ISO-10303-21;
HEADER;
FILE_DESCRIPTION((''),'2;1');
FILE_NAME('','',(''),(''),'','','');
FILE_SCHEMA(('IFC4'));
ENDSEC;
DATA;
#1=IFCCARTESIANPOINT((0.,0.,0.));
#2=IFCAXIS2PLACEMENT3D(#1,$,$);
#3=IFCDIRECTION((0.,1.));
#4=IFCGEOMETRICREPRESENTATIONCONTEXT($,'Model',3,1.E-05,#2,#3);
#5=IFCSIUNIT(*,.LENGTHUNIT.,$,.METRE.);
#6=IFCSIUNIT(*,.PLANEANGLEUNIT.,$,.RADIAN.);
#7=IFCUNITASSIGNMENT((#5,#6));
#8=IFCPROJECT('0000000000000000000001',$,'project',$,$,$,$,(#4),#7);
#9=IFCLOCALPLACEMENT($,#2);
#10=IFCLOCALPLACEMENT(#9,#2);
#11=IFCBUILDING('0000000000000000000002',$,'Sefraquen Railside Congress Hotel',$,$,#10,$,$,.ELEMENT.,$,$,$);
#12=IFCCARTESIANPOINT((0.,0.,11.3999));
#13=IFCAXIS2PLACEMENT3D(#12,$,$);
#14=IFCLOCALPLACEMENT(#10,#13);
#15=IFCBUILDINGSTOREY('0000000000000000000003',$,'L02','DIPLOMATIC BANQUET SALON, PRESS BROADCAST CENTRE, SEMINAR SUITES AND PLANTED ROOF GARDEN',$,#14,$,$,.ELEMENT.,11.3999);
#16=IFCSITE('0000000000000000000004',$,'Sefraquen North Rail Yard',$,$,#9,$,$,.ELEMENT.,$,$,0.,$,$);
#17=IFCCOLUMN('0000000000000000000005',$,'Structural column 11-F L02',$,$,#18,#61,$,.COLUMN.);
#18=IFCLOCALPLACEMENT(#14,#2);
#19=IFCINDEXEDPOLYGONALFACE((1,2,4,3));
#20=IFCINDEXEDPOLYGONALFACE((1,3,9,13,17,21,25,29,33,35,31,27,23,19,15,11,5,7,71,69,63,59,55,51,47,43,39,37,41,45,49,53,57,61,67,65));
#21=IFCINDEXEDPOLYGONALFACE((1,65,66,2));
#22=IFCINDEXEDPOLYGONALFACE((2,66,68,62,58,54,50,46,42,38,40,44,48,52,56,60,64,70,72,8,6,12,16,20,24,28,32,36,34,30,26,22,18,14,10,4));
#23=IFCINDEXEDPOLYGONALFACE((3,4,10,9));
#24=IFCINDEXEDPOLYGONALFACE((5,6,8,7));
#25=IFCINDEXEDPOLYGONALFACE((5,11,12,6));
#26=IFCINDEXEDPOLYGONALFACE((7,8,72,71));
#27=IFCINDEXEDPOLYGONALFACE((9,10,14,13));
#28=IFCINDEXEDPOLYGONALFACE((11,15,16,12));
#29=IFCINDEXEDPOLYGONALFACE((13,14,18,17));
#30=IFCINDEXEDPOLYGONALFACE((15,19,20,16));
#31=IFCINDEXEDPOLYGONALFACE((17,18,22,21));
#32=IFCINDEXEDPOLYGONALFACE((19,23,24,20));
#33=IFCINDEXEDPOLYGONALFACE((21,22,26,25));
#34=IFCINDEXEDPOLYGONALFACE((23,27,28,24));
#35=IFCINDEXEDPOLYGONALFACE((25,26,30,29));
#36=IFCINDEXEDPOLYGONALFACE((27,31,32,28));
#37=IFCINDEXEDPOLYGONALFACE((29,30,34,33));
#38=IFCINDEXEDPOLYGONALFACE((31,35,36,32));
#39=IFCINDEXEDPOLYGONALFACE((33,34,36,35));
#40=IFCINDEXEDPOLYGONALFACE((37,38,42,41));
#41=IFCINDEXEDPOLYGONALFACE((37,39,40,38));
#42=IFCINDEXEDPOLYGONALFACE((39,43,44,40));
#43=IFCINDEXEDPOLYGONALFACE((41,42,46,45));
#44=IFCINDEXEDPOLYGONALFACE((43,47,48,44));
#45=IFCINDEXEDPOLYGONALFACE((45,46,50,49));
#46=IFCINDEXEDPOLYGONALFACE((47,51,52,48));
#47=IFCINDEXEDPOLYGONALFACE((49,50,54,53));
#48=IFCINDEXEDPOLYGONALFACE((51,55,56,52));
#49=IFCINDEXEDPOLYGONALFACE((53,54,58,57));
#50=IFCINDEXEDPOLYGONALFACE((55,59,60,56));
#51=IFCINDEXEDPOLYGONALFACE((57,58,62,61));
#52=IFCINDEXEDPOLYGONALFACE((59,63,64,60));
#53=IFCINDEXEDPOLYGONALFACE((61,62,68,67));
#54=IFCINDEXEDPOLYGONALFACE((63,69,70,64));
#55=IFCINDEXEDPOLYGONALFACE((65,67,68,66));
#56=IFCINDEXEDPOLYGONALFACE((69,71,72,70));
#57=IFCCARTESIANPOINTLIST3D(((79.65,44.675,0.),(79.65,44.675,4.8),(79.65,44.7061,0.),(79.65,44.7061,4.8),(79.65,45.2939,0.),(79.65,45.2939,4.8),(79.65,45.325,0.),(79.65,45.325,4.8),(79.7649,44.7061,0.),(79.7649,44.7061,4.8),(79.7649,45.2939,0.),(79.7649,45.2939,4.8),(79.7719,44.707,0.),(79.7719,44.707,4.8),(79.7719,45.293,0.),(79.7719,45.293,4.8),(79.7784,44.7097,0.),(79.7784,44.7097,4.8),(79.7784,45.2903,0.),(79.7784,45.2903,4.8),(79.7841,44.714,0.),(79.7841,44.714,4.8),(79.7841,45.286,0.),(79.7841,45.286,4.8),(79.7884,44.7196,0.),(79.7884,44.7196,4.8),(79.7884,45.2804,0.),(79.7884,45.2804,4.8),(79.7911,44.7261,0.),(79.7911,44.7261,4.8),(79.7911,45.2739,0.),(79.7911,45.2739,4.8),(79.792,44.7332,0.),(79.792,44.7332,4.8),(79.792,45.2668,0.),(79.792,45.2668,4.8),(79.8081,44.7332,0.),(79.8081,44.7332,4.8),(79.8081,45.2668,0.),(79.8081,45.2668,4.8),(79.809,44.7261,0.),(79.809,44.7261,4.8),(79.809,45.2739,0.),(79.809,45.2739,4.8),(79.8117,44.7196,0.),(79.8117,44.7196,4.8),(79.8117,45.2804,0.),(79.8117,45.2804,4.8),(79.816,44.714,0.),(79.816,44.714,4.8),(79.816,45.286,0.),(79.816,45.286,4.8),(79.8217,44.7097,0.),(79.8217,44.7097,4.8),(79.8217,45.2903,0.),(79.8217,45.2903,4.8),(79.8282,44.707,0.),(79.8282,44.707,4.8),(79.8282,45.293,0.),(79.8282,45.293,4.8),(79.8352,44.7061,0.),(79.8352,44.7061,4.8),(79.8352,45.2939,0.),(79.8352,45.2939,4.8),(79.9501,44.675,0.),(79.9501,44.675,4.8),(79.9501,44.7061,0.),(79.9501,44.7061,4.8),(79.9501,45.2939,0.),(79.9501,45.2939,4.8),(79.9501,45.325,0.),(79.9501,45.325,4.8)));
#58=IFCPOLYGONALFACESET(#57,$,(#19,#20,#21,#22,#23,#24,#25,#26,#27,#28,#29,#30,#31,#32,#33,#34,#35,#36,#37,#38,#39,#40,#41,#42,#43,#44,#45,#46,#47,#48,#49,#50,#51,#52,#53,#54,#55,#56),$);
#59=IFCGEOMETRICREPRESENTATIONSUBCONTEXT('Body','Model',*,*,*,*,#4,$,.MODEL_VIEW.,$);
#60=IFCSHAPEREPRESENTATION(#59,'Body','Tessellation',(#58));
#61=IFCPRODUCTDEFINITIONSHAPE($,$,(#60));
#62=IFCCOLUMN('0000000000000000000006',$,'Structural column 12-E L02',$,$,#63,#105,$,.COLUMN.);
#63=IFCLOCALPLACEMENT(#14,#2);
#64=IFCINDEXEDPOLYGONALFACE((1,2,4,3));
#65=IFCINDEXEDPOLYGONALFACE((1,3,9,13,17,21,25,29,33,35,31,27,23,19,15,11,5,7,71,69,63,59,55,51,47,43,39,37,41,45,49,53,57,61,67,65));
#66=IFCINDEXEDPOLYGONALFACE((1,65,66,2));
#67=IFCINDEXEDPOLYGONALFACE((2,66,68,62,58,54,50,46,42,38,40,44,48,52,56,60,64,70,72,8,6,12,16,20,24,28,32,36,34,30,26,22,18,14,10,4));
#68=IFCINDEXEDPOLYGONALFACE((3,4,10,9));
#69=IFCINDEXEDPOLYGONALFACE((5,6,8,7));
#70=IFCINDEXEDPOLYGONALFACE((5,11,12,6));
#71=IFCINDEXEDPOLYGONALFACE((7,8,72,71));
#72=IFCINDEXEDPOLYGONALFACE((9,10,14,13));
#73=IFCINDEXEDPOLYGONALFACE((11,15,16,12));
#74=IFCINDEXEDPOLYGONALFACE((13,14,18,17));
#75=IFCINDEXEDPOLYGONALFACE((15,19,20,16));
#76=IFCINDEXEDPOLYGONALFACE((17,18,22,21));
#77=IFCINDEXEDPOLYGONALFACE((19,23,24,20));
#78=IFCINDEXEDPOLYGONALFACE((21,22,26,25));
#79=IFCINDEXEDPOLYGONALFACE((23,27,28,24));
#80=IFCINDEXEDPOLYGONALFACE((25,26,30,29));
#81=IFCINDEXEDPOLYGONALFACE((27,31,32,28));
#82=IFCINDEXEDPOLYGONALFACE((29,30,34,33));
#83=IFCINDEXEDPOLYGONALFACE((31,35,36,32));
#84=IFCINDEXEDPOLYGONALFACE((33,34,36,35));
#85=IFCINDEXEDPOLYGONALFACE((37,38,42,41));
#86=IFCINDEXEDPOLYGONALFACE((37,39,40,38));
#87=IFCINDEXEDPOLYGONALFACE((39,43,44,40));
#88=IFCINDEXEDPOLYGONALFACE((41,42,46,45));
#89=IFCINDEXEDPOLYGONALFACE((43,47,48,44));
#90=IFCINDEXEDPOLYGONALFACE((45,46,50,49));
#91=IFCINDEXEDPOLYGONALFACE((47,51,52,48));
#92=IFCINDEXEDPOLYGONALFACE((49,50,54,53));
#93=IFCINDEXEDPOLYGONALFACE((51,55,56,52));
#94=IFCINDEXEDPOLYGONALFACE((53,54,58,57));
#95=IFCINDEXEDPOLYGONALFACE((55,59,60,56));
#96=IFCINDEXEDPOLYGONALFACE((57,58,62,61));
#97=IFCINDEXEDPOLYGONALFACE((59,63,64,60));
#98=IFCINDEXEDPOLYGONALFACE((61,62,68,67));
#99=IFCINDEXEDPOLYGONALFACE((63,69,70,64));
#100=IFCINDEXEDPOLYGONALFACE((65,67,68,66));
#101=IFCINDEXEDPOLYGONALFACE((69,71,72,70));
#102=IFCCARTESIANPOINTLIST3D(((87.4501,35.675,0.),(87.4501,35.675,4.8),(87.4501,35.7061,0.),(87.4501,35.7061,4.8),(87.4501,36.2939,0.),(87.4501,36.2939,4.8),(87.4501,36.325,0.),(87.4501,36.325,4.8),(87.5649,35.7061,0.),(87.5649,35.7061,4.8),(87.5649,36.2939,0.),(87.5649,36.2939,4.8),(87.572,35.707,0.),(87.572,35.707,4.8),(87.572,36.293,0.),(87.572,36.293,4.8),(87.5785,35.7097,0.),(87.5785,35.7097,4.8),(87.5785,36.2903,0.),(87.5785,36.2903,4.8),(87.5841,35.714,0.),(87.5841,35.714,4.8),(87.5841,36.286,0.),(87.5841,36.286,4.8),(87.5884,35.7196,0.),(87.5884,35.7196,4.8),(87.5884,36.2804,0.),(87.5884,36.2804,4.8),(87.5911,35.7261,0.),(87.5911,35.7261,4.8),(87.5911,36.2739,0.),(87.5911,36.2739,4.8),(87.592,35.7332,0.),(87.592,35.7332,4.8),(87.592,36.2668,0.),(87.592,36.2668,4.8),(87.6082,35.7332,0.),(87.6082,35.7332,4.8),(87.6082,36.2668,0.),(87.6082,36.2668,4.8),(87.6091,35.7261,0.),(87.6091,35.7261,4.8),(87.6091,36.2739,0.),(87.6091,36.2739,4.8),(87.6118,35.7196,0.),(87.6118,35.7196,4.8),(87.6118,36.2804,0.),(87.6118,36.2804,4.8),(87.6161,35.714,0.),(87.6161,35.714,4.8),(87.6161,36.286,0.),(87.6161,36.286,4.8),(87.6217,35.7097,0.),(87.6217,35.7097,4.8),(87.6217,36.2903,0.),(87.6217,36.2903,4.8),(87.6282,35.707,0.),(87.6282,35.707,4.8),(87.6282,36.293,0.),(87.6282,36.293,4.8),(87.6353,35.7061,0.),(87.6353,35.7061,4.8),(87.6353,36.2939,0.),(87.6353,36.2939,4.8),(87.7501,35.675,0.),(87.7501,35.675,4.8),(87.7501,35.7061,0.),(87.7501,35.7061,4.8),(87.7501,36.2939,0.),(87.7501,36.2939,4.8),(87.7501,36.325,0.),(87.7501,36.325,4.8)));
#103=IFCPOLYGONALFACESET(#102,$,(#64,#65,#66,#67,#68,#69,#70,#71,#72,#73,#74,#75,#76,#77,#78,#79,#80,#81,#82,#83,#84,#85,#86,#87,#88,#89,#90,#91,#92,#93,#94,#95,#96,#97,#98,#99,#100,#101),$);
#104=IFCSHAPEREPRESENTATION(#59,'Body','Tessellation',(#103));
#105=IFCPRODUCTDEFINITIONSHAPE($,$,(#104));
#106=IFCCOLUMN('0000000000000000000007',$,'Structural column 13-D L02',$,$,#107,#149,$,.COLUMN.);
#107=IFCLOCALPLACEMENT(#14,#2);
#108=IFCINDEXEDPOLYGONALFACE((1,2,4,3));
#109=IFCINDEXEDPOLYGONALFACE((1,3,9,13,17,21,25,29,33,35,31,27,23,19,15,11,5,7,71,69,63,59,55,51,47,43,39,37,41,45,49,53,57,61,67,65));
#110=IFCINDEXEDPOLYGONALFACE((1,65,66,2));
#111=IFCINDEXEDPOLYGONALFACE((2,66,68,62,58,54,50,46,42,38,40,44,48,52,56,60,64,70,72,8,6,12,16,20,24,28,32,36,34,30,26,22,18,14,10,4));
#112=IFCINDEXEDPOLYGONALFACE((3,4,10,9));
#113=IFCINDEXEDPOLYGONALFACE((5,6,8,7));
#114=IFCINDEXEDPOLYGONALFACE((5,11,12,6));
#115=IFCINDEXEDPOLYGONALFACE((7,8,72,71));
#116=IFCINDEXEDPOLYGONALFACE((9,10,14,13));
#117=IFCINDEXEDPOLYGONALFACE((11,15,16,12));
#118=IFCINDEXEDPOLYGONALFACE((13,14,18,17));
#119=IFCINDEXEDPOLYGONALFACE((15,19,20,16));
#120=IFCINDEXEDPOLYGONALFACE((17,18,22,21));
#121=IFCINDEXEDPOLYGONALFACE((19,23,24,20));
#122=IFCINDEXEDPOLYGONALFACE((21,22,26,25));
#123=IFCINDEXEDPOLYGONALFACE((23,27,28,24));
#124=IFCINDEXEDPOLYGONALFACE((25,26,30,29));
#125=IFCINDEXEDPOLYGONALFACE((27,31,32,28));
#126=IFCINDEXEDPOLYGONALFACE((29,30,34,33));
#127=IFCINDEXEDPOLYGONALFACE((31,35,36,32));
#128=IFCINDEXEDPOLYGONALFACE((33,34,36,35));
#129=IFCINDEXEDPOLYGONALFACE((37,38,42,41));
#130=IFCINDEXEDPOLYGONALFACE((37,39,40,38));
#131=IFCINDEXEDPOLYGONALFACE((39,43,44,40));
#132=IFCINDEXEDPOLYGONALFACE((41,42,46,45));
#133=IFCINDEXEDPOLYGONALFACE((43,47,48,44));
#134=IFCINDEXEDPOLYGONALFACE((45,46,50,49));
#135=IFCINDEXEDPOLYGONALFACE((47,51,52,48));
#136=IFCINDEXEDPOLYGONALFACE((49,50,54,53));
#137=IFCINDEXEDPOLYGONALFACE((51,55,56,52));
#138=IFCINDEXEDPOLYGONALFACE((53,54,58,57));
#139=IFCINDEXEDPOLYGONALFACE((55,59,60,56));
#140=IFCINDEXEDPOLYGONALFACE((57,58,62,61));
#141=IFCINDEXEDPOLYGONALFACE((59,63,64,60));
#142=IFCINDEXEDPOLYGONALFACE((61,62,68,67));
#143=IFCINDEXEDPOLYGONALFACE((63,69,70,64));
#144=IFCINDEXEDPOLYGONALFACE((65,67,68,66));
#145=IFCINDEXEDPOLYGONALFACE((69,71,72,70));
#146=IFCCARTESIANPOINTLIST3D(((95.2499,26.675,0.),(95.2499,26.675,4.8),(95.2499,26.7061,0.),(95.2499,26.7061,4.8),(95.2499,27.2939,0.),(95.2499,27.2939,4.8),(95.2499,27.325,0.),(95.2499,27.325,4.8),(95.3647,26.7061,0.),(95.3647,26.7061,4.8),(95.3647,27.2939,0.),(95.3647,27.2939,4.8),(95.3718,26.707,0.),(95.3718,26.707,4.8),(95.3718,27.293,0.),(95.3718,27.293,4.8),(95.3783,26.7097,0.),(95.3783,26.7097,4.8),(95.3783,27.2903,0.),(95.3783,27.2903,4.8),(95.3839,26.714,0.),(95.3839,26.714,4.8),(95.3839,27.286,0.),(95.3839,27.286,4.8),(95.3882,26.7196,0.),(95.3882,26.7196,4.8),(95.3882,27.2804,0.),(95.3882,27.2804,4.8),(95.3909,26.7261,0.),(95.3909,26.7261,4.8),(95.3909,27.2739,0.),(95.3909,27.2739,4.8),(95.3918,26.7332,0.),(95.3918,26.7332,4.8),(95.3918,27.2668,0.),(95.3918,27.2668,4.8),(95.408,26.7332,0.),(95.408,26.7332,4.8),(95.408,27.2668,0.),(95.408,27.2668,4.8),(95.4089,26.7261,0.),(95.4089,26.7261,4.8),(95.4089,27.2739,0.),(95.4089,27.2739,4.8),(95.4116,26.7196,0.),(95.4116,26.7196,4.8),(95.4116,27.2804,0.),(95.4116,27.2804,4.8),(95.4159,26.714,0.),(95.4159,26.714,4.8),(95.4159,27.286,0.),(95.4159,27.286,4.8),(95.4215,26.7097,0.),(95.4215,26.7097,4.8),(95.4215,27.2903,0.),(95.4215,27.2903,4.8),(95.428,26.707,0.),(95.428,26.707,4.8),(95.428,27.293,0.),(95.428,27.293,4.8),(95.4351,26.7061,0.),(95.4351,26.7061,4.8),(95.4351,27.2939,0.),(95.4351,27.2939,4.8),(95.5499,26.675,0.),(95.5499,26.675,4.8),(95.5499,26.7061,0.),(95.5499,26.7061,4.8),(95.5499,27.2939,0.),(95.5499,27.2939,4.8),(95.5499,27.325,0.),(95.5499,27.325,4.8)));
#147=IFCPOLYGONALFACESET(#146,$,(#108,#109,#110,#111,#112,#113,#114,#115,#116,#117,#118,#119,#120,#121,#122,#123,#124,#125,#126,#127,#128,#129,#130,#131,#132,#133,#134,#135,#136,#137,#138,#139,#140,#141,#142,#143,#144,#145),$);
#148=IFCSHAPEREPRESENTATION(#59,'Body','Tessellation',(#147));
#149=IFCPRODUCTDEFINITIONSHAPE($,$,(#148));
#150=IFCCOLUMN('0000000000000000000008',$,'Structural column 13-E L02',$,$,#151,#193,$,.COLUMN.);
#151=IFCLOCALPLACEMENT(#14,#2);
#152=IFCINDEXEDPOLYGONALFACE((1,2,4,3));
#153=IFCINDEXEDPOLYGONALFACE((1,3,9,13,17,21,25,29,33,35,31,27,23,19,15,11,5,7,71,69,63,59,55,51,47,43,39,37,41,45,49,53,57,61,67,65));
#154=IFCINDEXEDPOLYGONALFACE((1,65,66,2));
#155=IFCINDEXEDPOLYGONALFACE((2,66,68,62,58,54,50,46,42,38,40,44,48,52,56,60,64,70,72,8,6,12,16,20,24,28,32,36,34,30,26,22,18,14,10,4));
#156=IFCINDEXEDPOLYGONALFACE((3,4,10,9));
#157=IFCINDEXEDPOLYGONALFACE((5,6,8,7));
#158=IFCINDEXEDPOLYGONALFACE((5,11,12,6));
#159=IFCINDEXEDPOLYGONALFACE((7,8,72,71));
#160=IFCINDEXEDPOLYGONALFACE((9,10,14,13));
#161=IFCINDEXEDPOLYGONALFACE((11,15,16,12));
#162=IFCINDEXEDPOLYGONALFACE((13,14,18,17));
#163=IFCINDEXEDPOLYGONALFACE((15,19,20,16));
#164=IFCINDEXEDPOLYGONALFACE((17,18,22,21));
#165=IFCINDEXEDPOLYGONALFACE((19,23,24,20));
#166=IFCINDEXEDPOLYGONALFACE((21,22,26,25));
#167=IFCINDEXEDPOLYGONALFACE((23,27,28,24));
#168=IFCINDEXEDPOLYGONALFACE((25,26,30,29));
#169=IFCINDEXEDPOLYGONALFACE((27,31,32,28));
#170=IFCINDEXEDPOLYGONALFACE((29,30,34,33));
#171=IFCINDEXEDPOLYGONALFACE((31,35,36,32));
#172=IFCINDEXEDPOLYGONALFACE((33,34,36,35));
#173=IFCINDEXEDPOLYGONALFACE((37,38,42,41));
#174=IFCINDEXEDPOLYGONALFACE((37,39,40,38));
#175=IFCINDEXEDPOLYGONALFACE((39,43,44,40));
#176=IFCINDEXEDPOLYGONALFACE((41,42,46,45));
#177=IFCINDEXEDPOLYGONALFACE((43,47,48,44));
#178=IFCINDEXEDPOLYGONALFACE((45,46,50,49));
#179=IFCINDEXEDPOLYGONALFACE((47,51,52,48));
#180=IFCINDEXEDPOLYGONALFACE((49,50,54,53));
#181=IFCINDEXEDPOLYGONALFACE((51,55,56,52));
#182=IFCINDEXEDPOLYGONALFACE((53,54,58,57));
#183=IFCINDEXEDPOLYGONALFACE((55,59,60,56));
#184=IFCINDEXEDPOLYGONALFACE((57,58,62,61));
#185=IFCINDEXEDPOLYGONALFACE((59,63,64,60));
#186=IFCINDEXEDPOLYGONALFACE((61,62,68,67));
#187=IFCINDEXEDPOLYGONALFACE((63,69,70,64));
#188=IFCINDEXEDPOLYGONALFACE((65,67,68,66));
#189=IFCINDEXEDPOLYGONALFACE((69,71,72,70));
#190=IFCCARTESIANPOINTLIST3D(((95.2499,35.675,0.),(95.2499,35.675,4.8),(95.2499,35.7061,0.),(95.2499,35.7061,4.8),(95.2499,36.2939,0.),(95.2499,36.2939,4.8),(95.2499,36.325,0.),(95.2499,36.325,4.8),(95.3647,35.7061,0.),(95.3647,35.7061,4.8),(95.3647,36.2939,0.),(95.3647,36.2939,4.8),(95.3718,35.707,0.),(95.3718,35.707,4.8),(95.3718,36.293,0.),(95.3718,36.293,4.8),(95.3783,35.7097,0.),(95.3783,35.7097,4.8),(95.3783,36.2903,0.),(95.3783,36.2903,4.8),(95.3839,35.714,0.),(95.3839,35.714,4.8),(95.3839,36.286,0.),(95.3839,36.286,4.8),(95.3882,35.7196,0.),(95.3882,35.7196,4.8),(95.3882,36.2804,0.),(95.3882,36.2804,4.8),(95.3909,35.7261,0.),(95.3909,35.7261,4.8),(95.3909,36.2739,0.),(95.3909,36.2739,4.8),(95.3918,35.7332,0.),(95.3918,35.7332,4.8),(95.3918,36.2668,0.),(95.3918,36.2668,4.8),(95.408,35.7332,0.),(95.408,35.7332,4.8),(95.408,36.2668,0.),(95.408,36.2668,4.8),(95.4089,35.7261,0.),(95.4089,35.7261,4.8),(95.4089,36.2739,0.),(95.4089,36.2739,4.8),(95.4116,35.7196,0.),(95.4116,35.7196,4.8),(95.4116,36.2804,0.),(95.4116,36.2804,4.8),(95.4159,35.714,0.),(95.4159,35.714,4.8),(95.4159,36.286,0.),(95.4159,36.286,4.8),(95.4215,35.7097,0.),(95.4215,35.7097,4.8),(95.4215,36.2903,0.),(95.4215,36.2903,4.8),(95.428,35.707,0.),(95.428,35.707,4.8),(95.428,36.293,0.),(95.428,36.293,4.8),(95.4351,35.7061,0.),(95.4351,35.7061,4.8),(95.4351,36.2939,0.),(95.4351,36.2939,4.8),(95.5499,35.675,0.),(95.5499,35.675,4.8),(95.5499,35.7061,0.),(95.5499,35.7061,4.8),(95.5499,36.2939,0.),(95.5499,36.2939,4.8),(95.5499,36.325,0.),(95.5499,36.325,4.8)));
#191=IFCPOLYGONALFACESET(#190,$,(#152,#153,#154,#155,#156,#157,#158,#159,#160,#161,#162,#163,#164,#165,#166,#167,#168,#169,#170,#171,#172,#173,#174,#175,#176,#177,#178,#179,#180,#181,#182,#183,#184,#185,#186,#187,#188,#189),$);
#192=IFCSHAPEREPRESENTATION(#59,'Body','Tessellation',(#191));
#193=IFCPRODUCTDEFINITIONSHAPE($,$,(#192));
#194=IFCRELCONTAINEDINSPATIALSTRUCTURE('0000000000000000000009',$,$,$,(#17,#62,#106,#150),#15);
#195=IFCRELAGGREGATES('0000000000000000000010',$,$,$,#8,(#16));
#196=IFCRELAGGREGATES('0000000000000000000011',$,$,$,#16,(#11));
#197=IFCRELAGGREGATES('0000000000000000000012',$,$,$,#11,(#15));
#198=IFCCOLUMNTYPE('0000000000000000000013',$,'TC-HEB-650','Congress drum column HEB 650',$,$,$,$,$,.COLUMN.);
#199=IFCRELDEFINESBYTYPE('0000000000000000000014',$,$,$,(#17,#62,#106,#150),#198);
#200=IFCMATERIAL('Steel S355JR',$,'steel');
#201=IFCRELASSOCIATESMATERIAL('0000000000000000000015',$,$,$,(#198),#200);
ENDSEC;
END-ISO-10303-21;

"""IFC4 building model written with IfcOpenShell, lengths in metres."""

from ifc_helpers import new_model, si_unit, direction, frame, origin, origin_2d, place, context, subcontext, project, spatial, i_section, extrude, material, material_profile, profile_set, type_object, element, save


model = new_model("IFC4")

# Units and contexts
model_context = context("Model", 3, precision=1e-05, world=origin(), true_north=direction((0.0, 1.0)))
body_context = subcontext(model_context, "Body", "Model", "MODEL_VIEW")
ifc_project = project(units=[si_unit("LENGTHUNIT", "METRE"), si_unit("PLANEANGLEUNIT", "RADIAN")], contexts=[model_context])

# Site, building, storey
site_placement = place(None, origin())
site = spatial("IfcSite", under=ifc_project, at=site_placement, Name="Sefraquen North Rail Yard", CompositionType="ELEMENT", RefElevation=0.0)
building_placement = place(site_placement, origin())
building = spatial("IfcBuilding", under=site, at=building_placement, Name="Sefraquen Railside Congress Hotel", CompositionType="ELEMENT")
storey_placement = place(building_placement, frame((0.0, 0.0, 11.3999)))
storey = spatial("IfcBuildingStorey", under=building, at=storey_placement, Name="L02", Description="DIPLOMATIC BANQUET SALON, PRESS BROADCAST CENTRE, SEMINAR SUITES AND PLANTED ROOF GARDEN", CompositionType="ELEMENT", Elevation=11.3999)

# Columns
ifc_material_1 = material(Name="Steel S355JR", Category="steel")
ifc_material_profile_1 = material_profile(ifc_material_1, i_section(OverallWidth=0.3, OverallDepth=0.6499, WebThickness=0.0161, FlangeThickness=0.031, FilletRadius=0.0271, at=origin_2d()), Name="HEB 650")
ifc_profile_set_1 = profile_set([ifc_material_profile_1], Name="Steel S355JR")
column_type = type_object("IfcColumnType", Name="TC-HEB-650", Description="Congress drum column HEB 650", PredefinedType="COLUMN", material=ifc_profile_set_1)
for number, where, z_axis, x_axis, name in (
    (1, (79.8, 45.0, 0.0), (0.0, 0.0, 1.0), (1.0, 0.0, 0.0), "Structural column 11-F L02"),
    (2, (87.6001, 36.0, 0.0), (0.0, 0.0, 1.0), (1.0, 0.0, 0.0), "Structural column 12-E L02"),
    (3, (95.3999, 27.0, 0.0), (0.0, 0.0, 1.0), (1.0, 0.0, 0.0), "Structural column 13-D L02"),
    (4, (95.3999, 36.0, 0.0), (0.0, 0.0, 1.0), (1.0, 0.0, 0.0), "Structural column 13-E L02"),
):
    element("IfcColumn", number, at=place(storey_placement, frame(where, z_axis=z_axis, x_axis=x_axis)), inside=storey, type_object=column_type, Name=name, PredefinedType="COLUMN", context=body_context, shape_type="SweptSolid", body=[
        extrude(i_section(OverallWidth=0.3, OverallDepth=0.6499, WebThickness=0.0161, FlangeThickness=0.031, FilletRadius=0.0271, at=origin_2d()), origin(), (0.0, 0.0, 1.0), 4.8),
    ])

save(model, "model.ifc")
